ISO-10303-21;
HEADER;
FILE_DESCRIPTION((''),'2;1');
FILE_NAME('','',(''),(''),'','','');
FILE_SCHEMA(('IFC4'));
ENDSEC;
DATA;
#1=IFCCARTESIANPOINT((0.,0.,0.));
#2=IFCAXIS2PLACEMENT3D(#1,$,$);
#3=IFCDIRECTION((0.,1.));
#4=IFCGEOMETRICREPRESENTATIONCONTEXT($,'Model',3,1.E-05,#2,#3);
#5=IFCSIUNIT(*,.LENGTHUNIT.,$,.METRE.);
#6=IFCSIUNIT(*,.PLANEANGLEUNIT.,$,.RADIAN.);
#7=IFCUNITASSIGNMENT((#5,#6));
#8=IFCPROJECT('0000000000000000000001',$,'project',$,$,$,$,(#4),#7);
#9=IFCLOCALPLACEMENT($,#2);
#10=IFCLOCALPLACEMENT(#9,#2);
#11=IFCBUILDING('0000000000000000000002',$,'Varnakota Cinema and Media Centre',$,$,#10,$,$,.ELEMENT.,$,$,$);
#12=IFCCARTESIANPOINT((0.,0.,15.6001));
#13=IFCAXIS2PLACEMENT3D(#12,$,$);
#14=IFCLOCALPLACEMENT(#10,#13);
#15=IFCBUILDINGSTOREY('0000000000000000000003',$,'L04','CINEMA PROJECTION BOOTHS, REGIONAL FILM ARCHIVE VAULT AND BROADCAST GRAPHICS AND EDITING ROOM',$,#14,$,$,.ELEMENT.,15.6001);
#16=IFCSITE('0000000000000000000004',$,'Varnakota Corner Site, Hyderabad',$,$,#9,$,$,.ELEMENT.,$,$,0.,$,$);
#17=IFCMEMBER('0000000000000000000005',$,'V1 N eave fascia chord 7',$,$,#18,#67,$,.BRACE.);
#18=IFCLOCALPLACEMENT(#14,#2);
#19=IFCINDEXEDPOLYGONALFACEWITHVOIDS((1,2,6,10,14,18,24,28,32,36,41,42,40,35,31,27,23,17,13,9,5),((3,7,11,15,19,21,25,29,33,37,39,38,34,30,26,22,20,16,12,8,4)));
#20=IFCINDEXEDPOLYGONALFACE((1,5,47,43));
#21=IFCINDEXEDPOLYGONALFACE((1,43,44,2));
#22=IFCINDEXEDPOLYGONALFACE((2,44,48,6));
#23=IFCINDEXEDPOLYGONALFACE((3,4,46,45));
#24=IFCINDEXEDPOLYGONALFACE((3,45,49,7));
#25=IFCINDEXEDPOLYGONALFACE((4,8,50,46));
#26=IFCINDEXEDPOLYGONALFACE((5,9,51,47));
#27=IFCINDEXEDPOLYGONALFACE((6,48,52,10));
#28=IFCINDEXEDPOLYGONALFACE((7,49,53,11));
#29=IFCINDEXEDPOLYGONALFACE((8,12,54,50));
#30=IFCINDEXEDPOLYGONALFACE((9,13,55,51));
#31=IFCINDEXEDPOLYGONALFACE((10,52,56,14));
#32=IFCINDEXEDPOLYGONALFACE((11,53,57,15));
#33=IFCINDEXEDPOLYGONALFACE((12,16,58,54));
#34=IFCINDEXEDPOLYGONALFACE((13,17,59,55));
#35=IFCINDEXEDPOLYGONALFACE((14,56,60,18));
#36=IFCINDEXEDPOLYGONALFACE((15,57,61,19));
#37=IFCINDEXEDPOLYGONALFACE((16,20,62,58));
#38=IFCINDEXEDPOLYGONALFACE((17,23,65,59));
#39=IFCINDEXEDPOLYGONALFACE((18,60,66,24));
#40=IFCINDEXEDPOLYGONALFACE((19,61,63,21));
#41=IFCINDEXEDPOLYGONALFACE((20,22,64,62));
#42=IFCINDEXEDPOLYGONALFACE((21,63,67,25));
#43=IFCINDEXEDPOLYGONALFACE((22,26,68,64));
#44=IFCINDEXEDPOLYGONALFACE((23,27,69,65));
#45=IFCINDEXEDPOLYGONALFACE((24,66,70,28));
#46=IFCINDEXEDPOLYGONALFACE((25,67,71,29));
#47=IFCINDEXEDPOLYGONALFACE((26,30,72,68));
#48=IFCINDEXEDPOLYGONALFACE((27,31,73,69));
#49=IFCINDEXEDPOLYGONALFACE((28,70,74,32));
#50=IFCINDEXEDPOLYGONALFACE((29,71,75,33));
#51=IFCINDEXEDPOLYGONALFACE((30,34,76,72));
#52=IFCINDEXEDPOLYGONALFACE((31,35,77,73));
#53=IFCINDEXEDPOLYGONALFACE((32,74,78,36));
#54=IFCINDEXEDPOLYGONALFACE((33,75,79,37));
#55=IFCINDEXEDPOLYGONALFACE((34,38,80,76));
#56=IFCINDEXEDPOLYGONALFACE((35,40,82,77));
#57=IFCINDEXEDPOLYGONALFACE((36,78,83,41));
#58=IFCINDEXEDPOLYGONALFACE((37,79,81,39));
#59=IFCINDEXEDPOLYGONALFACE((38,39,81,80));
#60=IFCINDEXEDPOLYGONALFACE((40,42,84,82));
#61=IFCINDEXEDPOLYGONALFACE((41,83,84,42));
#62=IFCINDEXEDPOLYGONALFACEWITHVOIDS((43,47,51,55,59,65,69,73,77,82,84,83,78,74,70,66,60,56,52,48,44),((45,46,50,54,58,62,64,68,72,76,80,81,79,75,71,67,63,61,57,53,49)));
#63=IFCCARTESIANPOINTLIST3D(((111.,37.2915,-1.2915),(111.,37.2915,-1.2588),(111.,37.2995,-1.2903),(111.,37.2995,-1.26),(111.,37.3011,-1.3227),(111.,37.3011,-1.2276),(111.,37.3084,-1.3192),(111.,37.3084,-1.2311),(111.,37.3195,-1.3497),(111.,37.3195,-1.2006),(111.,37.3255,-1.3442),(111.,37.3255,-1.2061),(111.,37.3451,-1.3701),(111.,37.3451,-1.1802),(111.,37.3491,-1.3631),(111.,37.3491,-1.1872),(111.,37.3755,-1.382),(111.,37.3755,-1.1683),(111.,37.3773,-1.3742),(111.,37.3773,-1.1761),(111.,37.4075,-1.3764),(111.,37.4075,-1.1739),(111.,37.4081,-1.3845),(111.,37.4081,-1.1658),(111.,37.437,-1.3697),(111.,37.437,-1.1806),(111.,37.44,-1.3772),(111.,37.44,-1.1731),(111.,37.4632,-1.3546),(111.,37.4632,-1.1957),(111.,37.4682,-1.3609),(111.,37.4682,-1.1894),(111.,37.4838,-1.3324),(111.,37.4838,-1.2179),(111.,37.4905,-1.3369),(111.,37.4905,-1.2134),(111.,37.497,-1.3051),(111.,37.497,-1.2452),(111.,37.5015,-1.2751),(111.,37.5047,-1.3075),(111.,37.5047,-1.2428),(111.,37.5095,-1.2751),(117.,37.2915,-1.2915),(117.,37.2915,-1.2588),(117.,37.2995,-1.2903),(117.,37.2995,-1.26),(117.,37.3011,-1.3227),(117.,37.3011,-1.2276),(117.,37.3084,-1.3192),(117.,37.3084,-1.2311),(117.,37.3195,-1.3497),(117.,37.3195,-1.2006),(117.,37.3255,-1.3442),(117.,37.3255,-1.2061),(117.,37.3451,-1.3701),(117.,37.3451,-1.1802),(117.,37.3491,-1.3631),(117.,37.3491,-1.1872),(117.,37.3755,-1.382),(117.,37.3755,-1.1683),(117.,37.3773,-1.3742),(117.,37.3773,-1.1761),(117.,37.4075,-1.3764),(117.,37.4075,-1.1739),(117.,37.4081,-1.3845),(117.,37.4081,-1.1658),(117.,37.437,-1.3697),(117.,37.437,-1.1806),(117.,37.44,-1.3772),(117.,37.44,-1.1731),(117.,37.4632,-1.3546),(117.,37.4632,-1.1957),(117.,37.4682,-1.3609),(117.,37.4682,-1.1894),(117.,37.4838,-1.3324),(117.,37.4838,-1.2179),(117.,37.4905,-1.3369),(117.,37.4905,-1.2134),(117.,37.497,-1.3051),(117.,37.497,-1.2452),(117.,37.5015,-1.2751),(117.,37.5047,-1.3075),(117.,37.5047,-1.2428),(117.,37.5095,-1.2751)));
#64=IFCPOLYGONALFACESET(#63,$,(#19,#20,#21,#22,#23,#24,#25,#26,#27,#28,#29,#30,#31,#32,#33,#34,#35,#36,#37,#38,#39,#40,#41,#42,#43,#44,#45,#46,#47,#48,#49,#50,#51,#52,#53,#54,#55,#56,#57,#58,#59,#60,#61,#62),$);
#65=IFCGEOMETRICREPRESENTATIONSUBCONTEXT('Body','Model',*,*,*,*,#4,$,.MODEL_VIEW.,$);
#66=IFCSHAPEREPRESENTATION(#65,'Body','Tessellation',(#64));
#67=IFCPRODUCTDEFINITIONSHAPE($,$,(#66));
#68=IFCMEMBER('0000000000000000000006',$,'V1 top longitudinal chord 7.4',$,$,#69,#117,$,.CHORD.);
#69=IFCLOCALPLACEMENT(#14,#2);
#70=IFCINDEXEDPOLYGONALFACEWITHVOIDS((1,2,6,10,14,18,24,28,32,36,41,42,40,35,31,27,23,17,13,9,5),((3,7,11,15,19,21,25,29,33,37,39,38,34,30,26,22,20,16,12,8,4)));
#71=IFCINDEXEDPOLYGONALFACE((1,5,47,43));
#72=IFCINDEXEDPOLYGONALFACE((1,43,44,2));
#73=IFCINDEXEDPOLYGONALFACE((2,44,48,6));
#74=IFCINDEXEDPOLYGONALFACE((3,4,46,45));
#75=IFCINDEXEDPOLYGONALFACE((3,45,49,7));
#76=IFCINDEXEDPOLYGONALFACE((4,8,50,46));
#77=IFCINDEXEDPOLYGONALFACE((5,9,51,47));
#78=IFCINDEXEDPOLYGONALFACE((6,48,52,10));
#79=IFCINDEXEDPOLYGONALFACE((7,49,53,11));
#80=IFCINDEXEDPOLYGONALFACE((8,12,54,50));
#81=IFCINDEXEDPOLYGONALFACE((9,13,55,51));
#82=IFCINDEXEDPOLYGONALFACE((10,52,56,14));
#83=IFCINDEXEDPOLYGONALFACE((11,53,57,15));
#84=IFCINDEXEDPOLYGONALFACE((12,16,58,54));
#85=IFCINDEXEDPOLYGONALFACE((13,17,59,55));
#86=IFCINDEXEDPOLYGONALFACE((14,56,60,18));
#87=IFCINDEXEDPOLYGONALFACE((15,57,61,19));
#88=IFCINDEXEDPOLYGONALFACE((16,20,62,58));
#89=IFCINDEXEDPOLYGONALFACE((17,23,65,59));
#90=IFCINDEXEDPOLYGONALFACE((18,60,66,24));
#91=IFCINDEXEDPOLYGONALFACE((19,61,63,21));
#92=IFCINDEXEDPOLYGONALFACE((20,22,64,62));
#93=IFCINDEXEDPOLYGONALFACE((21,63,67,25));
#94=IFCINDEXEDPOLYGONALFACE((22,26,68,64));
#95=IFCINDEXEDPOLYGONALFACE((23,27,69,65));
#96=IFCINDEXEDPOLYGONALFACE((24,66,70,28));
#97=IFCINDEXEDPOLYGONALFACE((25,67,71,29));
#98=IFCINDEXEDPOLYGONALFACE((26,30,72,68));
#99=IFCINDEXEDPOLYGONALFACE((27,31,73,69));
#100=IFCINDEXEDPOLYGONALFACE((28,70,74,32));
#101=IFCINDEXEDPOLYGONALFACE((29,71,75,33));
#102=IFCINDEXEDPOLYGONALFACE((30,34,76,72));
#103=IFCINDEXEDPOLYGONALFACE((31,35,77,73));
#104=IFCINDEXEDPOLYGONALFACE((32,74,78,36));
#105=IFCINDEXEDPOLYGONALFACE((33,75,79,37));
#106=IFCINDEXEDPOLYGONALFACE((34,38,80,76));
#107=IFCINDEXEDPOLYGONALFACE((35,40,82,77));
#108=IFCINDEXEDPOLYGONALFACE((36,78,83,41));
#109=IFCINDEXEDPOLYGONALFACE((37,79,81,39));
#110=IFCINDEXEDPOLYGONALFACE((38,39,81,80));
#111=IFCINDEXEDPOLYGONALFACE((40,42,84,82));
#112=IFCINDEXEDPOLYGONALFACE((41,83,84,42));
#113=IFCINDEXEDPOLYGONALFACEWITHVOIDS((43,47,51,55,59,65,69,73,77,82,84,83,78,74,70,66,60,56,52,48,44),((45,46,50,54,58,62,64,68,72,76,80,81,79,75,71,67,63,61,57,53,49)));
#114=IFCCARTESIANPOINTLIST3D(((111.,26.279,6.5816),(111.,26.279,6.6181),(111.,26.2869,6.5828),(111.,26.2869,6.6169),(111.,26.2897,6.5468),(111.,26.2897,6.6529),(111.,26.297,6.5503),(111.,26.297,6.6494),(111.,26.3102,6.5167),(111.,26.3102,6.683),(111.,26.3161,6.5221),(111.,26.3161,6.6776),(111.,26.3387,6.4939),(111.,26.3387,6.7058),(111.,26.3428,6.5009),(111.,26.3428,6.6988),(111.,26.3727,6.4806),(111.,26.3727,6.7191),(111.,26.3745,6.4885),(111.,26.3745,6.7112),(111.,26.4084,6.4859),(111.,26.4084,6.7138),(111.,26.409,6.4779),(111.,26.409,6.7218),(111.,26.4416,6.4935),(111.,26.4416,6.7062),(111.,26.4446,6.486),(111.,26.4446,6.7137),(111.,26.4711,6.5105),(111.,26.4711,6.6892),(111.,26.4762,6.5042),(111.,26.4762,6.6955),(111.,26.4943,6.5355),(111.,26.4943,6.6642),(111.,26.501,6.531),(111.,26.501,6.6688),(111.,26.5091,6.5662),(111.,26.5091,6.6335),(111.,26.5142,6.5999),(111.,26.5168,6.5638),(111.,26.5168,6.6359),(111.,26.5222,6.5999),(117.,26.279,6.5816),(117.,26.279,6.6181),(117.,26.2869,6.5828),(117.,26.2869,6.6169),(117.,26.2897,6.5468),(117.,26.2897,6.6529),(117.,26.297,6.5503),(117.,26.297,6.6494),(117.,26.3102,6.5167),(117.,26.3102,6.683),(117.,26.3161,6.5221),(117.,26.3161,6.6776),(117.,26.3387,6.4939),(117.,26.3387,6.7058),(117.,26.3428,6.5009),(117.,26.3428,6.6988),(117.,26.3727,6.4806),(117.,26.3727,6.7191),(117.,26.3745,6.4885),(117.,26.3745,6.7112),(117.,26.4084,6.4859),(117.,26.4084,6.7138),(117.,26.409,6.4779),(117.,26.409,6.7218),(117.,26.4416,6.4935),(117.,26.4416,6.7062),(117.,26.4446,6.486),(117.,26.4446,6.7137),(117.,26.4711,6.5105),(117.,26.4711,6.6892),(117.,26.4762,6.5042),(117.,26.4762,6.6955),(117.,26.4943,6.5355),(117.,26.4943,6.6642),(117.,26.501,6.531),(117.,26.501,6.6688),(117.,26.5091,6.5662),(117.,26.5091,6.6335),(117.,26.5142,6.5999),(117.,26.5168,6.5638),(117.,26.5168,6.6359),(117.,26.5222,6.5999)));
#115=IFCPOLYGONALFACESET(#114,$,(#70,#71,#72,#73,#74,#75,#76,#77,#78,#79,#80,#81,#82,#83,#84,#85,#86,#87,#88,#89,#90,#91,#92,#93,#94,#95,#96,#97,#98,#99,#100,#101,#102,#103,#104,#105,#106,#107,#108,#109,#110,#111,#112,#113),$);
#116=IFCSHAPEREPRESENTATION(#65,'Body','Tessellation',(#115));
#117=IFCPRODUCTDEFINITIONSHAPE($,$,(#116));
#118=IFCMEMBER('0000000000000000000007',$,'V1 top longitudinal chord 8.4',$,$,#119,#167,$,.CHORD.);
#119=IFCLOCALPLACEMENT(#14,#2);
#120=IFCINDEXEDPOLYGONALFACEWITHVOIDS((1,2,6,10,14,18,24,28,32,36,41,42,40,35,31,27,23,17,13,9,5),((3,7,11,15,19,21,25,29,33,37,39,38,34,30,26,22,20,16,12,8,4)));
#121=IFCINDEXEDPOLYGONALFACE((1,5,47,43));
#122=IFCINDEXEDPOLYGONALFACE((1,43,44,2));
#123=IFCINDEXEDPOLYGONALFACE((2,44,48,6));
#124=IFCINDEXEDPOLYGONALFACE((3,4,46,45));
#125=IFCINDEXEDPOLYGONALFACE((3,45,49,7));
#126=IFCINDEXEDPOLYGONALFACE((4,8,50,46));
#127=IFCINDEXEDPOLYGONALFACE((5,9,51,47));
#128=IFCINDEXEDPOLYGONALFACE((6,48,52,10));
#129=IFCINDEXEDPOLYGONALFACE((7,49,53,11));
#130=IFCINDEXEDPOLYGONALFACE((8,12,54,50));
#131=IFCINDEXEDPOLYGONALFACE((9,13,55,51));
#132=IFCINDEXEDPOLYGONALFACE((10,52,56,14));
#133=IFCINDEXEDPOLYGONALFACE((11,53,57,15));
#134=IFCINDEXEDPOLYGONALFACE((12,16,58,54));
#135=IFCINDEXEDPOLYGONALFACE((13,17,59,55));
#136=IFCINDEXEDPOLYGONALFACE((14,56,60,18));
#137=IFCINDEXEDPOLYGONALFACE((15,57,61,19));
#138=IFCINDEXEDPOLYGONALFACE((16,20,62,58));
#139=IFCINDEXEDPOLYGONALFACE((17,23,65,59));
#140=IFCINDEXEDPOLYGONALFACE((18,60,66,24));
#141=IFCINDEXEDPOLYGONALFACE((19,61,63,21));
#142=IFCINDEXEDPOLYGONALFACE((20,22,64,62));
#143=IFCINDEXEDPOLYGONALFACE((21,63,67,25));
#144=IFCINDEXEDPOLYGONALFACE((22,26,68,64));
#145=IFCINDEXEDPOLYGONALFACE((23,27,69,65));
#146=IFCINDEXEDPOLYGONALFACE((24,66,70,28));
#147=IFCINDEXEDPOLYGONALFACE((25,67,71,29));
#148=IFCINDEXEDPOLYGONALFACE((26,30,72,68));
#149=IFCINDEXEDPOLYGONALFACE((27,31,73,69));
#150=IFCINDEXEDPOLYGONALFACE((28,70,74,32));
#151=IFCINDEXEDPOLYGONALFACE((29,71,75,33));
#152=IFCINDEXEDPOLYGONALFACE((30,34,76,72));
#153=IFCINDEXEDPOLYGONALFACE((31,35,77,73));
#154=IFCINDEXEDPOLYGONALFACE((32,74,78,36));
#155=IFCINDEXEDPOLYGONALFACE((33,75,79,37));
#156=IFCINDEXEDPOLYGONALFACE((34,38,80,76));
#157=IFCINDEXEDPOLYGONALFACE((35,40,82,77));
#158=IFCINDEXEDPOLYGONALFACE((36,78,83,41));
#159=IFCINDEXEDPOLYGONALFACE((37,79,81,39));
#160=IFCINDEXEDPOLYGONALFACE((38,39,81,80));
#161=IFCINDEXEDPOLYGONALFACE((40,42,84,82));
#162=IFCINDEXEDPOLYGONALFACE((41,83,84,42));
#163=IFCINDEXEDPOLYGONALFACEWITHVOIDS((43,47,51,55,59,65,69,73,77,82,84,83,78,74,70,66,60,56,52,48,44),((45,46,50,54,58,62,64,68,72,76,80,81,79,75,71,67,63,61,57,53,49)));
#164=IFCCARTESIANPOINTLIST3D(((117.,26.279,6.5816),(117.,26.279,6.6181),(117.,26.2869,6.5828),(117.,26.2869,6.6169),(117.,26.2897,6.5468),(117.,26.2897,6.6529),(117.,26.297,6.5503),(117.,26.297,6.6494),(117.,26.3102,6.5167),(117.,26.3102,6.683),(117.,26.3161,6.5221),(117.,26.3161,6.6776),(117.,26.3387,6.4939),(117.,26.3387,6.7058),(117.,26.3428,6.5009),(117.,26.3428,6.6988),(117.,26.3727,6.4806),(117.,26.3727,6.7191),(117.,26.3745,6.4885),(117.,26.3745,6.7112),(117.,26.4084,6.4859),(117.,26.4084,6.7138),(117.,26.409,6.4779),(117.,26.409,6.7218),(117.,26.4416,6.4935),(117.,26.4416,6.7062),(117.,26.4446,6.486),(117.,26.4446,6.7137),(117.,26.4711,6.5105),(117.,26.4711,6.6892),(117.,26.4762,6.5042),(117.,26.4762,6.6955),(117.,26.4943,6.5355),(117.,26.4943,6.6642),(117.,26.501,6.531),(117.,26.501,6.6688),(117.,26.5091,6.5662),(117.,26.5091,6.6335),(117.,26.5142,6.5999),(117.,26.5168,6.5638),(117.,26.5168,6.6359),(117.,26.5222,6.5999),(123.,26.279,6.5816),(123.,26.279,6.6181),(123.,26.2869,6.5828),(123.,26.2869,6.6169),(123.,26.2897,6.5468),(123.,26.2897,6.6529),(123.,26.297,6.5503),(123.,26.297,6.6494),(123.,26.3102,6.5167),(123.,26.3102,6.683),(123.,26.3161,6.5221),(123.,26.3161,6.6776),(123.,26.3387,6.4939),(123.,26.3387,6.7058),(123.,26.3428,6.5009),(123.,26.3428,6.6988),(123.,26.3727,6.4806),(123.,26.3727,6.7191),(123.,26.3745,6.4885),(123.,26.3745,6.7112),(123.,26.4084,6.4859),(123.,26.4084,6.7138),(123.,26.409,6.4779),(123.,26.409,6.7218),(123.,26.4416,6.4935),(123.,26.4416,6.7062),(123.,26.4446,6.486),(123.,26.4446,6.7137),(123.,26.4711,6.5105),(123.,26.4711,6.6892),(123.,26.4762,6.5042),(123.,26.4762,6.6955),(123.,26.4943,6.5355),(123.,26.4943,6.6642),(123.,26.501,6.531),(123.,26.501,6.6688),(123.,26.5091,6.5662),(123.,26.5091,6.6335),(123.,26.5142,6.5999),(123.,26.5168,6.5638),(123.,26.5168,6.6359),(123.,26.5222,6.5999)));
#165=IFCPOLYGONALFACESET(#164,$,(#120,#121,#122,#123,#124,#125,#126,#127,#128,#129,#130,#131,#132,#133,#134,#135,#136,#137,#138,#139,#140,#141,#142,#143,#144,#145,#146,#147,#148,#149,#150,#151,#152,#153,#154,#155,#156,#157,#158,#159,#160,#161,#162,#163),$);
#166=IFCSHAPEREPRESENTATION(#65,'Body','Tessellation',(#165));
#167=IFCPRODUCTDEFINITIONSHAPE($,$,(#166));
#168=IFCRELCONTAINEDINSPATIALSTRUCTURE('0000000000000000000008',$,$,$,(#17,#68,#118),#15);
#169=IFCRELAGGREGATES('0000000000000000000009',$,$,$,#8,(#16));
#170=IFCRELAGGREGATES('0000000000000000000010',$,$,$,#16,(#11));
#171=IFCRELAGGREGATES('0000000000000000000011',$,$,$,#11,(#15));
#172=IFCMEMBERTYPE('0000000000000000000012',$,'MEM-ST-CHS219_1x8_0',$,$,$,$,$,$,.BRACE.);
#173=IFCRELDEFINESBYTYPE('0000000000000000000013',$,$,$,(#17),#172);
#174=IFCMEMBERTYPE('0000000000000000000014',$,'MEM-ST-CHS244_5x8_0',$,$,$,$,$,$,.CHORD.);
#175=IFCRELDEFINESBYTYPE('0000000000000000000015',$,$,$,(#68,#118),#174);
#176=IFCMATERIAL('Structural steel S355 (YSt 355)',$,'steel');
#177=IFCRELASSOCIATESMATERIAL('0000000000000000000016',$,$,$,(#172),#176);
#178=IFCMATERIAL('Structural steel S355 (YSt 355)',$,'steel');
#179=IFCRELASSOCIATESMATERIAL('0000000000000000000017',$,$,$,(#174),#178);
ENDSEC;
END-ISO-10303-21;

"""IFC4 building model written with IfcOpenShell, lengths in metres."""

from ifc_helpers import new_model, si_unit, direction, frame, origin, origin_2d, place, context, subcontext, project, spatial, hollow_circle, extrude, material, material_profile, profile_set, type_object, element, save


model = new_model("IFC4")

# Units and contexts
model_context = context("Model", 3, precision=1e-05, world=origin(), true_north=direction((0.0, 1.0)))
body_context = subcontext(model_context, "Body", "Model", "MODEL_VIEW")
ifc_project = project(units=[si_unit("LENGTHUNIT", "METRE"), si_unit("PLANEANGLEUNIT", "RADIAN")], contexts=[model_context])

# Site, building, storey
site_placement = place(None, origin())
site = spatial("IfcSite", under=ifc_project, at=site_placement, Name="Varnakota Corner Site, Hyderabad", CompositionType="ELEMENT", RefElevation=0.0)
building_placement = place(site_placement, origin())
building = spatial("IfcBuilding", under=site, at=building_placement, Name="Varnakota Cinema and Media Centre", CompositionType="ELEMENT")
storey_placement = place(building_placement, frame((0.0, 0.0, 15.6001)))
storey = spatial("IfcBuildingStorey", under=building, at=storey_placement, Name="L04", Description="CINEMA PROJECTION BOOTHS, REGIONAL FILM ARCHIVE VAULT AND BROADCAST GRAPHICS AND EDITING ROOM", CompositionType="ELEMENT", Elevation=15.6001)

# Members
ifc_material_1 = material(Name="Structural steel S355 (YSt 355)", Category="steel")
ifc_material_profile_1 = material_profile(ifc_material_1, hollow_circle(Radius=0.1096, WallThickness=0.0081, at=origin_2d()), Name="CHS 219.1x8.0")
ifc_profile_set_1 = profile_set([ifc_material_profile_1], Name="Structural steel S355 (YSt 355)")
member_type_1 = type_object("IfcMemberType", Name="MEM-ST-CHS219_1x8_0", PredefinedType="BRACE", material=ifc_profile_set_1)
for number, where, z_axis, x_axis, name in (
    (1, (111.0, 37.3999, -1.2751), (1.0, 0.0, 0.0), (0.0, 1.0, 0.0), "V1 N eave fascia chord 7"),
):
    element("IfcMember", number, at=place(storey_placement, frame(where, z_axis=z_axis, x_axis=x_axis)), inside=storey, type_object=member_type_1, Name=name, PredefinedType="BRACE", context=body_context, shape_type="SweptSolid", body=[
        extrude(hollow_circle(Radius=0.1096, WallThickness=0.0081, at=origin_2d()), origin(), (0.0, 0.0, 1.0), 6.0),
    ])
ifc_material_2 = material(Name="Structural steel S355 (YSt 355)", Category="steel")
ifc_material_profile_2 = material_profile(ifc_material_2, hollow_circle(Radius=0.1223, WallThickness=0.0081, at=origin_2d()), Name="CHS 244.5x8.0")
ifc_profile_set_2 = profile_set([ifc_material_profile_2], Name="Structural steel S355 (YSt 355)")
member_type_2 = type_object("IfcMemberType", Name="MEM-ST-CHS244_5x8_0", PredefinedType="CHORD", material=ifc_profile_set_2)
for number, where, z_axis, x_axis, name in (
    (2, (111.0, 26.3999, 6.5999), (1.0, 0.0, 0.0), (0.0, 1.0, 0.0), "V1 top longitudinal chord 7.4"),
    (3, (117.0, 26.3999, 6.5999), (1.0, 0.0, 0.0), (0.0, 1.0, 0.0), "V1 top longitudinal chord 8.4"),
):
    element("IfcMember", number, at=place(storey_placement, frame(where, z_axis=z_axis, x_axis=x_axis)), inside=storey, type_object=member_type_2, Name=name, PredefinedType="CHORD", context=body_context, shape_type="SweptSolid", body=[
        extrude(hollow_circle(Radius=0.1223, WallThickness=0.0081, at=origin_2d()), origin(), (0.0, 0.0, 1.0), 6.0),
    ])

save(model, "model.ifc")
